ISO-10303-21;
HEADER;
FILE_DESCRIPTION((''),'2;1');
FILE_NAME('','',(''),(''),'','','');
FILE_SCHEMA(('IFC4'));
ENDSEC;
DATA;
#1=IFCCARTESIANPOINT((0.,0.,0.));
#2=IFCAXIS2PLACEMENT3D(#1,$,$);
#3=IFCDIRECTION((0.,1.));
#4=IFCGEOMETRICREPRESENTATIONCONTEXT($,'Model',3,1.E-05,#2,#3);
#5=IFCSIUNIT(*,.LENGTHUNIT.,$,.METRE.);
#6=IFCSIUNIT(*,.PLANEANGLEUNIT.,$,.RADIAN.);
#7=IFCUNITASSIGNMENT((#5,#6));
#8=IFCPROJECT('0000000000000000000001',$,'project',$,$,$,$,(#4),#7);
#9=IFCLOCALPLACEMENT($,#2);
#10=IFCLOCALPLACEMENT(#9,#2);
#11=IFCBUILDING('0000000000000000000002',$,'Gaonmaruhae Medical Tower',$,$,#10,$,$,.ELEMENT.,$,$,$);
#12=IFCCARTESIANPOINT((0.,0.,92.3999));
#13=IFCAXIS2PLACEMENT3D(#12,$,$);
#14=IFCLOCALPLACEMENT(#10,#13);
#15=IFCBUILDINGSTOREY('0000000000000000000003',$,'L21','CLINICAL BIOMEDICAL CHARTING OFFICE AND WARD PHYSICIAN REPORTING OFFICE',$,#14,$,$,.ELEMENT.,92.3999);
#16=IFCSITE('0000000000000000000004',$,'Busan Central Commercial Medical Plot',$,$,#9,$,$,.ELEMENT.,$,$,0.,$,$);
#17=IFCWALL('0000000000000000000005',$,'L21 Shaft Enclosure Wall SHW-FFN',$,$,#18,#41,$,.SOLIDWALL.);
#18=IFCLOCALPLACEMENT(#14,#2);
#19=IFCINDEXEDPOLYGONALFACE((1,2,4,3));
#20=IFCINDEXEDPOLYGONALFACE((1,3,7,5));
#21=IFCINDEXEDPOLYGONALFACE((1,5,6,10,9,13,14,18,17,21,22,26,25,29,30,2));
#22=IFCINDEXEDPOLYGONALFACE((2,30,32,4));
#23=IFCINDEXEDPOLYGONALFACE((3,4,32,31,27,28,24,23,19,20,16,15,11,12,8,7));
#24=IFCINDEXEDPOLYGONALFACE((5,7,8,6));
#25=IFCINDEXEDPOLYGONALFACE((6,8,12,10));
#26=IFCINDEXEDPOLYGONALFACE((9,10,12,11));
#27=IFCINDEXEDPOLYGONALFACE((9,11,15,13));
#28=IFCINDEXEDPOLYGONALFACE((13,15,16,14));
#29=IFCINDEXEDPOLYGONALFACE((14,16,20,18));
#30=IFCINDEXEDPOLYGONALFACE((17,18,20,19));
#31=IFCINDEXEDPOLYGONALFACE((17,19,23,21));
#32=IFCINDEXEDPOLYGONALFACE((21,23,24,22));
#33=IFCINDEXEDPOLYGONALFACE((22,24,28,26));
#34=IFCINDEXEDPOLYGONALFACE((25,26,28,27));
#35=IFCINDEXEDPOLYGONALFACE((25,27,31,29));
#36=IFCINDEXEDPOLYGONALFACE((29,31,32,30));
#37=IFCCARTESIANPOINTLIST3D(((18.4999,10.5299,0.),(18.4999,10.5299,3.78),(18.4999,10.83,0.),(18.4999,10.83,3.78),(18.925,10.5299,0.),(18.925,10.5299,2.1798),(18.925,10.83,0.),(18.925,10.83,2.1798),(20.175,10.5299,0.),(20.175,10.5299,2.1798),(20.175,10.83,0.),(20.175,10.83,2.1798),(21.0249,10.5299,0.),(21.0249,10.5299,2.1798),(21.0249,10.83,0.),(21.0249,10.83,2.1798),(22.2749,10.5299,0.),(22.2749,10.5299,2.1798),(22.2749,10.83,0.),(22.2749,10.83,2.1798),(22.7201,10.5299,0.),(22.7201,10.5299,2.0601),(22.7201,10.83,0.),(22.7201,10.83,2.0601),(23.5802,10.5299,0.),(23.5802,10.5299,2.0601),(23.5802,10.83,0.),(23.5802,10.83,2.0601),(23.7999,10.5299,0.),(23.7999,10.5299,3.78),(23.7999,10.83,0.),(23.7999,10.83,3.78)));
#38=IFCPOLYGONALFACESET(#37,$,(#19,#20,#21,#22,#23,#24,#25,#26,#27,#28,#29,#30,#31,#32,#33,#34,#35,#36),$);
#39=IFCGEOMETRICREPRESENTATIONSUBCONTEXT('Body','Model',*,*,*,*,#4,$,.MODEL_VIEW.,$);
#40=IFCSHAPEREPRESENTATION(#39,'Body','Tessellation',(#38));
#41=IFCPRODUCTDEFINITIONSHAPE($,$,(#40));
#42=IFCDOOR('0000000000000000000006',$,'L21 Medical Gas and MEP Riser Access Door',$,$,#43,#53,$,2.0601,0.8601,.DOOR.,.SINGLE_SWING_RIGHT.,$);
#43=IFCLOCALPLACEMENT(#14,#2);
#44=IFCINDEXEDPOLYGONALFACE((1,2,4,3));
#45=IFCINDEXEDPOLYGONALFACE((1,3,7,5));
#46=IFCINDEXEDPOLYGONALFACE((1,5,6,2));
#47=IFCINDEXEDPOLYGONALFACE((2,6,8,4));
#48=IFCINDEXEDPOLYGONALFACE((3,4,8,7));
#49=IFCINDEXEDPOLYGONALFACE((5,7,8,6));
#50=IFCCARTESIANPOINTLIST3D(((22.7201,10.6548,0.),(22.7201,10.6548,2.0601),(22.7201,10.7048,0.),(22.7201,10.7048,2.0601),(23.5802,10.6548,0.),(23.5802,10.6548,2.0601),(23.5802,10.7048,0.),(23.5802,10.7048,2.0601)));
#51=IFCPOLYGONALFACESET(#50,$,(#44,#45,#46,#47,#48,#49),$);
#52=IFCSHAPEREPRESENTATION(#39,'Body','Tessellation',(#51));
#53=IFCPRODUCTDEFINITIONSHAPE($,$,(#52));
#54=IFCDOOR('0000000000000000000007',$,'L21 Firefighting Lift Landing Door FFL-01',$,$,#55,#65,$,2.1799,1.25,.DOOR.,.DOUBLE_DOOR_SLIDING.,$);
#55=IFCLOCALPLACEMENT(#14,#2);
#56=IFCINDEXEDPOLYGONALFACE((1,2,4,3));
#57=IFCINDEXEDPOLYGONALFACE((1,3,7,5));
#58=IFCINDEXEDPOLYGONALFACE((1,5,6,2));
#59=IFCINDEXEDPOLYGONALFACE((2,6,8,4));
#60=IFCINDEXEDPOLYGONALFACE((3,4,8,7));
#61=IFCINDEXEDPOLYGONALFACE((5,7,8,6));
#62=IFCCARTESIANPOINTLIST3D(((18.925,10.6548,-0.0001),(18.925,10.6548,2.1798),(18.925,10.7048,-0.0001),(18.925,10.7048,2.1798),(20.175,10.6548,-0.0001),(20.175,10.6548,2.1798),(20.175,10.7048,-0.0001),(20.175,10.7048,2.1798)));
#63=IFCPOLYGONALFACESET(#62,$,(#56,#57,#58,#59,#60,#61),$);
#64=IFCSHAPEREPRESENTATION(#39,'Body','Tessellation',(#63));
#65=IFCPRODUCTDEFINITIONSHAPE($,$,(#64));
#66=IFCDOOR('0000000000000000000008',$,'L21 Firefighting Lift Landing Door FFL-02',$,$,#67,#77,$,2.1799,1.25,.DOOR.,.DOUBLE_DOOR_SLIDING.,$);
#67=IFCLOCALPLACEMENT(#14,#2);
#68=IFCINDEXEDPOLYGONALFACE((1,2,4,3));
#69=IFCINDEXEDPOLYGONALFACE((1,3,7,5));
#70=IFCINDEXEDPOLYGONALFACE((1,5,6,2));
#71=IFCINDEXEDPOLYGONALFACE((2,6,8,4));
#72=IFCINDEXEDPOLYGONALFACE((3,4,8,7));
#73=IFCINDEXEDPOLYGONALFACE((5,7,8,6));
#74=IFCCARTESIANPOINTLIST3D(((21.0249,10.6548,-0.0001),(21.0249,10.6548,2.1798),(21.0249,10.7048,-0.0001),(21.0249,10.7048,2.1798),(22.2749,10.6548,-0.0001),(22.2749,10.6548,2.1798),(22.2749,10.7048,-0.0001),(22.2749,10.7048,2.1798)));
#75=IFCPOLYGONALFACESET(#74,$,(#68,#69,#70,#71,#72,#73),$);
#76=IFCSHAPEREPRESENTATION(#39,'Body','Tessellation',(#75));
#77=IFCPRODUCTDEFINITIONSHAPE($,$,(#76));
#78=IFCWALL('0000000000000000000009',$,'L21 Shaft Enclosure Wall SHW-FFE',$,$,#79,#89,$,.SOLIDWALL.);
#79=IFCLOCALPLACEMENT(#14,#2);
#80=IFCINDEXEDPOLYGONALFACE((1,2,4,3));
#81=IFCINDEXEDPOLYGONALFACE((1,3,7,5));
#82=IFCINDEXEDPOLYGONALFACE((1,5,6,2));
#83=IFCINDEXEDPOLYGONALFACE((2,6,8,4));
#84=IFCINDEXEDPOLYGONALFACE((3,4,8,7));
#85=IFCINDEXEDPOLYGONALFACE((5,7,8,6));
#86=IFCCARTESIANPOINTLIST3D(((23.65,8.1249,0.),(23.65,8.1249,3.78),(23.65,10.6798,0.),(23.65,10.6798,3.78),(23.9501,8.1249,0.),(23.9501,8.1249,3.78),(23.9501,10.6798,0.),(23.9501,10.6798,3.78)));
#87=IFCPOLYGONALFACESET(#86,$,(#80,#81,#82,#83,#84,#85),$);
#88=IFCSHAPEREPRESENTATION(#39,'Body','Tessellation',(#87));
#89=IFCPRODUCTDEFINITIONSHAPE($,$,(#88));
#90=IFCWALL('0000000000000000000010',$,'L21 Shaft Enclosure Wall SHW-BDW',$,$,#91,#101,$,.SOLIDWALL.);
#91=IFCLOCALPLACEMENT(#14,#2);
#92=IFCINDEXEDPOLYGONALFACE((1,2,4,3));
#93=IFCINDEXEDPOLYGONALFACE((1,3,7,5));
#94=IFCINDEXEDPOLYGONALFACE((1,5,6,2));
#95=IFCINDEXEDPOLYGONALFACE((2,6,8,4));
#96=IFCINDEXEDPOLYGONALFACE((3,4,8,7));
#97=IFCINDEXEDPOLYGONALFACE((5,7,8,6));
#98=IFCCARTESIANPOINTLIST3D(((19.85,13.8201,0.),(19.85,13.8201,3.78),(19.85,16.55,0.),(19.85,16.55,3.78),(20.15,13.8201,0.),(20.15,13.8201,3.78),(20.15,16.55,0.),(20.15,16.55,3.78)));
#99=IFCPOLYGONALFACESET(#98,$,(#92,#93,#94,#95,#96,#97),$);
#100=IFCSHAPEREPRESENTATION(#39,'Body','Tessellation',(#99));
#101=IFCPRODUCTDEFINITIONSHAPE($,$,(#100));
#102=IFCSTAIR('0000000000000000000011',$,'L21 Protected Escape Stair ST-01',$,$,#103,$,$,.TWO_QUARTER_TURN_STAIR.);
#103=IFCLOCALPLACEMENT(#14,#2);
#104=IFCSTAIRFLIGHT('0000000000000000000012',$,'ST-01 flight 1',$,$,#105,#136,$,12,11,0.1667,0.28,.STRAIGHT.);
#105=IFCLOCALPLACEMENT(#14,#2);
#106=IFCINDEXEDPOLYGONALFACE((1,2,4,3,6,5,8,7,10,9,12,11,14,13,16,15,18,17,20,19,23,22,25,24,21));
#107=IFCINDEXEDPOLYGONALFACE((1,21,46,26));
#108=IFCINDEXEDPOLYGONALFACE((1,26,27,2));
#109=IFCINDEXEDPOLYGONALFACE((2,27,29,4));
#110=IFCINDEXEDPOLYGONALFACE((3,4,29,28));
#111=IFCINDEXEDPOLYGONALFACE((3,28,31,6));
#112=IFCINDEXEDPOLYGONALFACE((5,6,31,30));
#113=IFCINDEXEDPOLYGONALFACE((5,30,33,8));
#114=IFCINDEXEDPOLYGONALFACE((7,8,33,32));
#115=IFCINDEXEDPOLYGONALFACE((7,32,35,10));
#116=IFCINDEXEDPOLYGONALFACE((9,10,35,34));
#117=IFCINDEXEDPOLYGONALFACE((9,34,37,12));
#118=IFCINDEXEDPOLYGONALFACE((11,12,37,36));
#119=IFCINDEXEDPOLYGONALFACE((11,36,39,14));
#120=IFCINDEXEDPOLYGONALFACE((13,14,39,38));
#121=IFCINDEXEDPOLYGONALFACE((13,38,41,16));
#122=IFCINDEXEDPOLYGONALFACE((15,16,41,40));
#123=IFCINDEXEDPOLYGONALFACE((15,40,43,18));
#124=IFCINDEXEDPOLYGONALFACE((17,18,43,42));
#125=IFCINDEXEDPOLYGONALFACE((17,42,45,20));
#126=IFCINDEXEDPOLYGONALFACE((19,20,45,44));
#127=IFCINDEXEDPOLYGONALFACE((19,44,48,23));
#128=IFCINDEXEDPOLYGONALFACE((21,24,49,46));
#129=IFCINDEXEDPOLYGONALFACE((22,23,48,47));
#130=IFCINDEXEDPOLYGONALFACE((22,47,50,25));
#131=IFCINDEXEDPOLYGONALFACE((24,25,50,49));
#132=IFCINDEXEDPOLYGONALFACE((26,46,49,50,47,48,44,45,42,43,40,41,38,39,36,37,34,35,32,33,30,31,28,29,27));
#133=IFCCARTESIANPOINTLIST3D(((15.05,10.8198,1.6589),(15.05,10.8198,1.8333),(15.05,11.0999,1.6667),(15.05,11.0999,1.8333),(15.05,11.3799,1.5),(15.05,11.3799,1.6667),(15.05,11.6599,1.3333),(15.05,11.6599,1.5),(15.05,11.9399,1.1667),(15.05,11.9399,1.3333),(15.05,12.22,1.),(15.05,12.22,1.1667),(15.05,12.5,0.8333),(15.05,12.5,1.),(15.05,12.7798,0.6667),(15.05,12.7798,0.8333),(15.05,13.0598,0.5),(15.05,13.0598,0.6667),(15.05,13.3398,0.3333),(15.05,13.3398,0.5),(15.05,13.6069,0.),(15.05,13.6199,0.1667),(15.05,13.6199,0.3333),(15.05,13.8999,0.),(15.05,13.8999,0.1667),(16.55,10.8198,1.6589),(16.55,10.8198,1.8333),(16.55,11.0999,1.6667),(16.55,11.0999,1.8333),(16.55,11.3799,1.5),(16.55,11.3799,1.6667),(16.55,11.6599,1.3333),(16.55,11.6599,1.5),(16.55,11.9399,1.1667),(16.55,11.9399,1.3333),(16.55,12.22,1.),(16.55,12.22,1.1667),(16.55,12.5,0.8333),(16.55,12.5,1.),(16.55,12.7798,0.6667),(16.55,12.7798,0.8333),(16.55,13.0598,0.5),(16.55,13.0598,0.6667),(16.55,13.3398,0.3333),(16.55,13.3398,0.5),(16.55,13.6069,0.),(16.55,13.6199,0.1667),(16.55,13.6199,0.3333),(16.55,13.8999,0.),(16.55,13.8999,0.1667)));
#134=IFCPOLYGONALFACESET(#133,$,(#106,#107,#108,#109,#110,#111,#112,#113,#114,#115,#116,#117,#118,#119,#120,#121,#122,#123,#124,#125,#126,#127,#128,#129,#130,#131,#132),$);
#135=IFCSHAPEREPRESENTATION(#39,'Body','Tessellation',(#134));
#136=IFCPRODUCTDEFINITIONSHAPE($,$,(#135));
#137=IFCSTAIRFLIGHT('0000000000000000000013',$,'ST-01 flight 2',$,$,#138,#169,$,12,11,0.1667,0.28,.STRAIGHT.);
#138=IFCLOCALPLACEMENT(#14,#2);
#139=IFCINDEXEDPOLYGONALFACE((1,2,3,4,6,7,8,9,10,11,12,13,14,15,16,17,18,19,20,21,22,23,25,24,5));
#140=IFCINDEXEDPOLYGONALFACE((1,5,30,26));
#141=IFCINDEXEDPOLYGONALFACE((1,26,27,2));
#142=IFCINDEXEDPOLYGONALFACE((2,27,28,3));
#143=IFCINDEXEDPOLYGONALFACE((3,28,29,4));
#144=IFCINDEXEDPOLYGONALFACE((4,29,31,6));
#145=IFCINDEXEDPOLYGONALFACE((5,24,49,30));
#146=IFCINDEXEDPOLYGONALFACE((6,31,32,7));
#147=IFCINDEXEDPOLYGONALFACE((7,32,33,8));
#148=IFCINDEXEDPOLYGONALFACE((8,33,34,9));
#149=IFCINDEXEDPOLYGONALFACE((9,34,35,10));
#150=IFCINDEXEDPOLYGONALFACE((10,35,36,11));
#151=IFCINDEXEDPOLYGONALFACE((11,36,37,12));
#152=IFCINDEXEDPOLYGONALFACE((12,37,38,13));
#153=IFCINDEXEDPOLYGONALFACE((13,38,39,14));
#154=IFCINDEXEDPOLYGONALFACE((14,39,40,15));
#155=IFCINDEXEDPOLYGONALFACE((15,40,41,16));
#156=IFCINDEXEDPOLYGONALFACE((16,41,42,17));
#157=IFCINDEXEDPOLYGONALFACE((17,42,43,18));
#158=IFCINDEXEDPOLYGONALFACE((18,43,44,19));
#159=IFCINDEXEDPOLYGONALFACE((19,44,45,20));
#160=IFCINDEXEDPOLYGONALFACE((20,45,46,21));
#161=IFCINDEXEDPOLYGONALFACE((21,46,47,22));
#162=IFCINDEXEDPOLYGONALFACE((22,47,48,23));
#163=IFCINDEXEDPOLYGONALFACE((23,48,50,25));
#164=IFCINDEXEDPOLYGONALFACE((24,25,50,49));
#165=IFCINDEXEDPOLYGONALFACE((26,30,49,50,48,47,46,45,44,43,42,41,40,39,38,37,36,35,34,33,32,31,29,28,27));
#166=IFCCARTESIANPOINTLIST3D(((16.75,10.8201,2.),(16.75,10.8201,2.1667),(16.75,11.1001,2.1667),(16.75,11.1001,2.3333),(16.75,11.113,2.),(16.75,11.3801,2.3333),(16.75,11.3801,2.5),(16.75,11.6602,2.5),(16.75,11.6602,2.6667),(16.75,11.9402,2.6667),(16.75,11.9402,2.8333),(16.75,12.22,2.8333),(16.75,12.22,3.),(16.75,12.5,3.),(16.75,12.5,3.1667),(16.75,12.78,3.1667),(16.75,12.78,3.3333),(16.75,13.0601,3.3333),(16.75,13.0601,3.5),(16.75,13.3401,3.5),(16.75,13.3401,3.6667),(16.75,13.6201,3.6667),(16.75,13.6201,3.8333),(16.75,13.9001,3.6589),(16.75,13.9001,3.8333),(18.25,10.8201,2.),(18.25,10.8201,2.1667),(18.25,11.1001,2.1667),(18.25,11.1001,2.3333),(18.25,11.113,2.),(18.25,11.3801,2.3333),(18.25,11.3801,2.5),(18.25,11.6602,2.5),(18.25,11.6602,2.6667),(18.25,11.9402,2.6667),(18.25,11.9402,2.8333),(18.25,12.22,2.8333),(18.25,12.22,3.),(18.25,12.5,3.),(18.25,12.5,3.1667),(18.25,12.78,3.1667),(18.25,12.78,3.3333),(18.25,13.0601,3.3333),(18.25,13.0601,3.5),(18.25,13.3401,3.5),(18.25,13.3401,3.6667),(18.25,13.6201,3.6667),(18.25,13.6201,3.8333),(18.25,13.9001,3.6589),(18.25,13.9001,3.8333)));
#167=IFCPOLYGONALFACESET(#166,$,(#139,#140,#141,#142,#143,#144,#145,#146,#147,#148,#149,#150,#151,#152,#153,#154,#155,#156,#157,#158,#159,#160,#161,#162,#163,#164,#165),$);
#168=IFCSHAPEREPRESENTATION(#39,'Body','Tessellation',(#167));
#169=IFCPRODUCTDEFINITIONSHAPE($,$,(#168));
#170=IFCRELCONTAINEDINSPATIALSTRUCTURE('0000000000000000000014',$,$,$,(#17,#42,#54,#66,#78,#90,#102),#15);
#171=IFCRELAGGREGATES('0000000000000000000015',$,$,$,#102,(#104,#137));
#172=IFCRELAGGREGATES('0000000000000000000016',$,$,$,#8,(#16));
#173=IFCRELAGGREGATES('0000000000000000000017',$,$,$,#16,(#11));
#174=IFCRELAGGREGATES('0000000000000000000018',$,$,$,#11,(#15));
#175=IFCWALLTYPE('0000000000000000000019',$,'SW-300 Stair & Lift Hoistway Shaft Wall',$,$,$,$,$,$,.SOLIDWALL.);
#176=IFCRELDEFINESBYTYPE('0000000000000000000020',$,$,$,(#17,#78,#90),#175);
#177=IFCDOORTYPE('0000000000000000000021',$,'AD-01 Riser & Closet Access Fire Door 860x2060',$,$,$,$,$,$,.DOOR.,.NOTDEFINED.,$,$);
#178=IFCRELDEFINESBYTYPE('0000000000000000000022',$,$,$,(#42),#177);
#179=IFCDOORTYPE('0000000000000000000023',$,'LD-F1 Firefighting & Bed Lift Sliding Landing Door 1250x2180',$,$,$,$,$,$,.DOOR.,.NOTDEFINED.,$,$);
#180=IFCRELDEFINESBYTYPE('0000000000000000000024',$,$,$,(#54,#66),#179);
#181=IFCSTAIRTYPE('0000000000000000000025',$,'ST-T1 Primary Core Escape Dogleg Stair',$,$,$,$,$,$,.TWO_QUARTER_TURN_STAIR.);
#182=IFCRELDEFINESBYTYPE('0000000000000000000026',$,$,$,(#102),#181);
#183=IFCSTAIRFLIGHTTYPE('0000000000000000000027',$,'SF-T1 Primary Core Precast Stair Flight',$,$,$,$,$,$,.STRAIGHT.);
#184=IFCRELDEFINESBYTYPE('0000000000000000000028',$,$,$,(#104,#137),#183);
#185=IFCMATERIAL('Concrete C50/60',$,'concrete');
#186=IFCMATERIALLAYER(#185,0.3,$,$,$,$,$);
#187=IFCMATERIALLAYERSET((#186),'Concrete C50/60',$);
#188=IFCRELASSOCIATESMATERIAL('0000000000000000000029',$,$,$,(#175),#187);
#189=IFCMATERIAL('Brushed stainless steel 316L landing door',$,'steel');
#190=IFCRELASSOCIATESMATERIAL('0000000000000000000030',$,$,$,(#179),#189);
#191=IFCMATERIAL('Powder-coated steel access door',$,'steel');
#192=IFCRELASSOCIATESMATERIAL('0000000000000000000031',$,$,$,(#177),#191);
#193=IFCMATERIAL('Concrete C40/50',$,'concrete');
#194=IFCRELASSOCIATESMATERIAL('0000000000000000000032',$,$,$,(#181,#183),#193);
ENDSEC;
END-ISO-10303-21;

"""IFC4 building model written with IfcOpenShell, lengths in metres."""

from ifc_helpers import new_model, si_unit, direction, frame, frame_2d, origin, place, context, subcontext, project, spatial, polyline, rectangle, outline, extrude, material, layer, layer_set, type_object, element, fill, aggregate, save


model = new_model("IFC4")

# Units and contexts
model_context = context("Model", 3, precision=1e-05, world=origin(), true_north=direction((0.0, 1.0)))
body_context = subcontext(model_context, "Body", "Model", "MODEL_VIEW")
ifc_project = project(units=[si_unit("LENGTHUNIT", "METRE"), si_unit("PLANEANGLEUNIT", "RADIAN")], contexts=[model_context])

# Site, building, storey
site_placement = place(None, origin())
site = spatial("IfcSite", under=ifc_project, at=site_placement, Name="Busan Central Commercial Medical Plot", CompositionType="ELEMENT", RefElevation=0.0)
building_placement = place(site_placement, origin())
building = spatial("IfcBuilding", under=site, at=building_placement, Name="Gaonmaruhae Medical Tower", CompositionType="ELEMENT")
storey_placement = place(building_placement, frame((0.0, 0.0, 92.3999)))
storey = spatial("IfcBuildingStorey", under=building, at=storey_placement, Name="L21", Description="CLINICAL BIOMEDICAL CHARTING OFFICE AND WARD PHYSICIAN REPORTING OFFICE", CompositionType="ELEMENT", Elevation=92.3999)

# Shared definitions
ifc_material_1 = material(Name="Concrete C50/60", Category="concrete")

# Wall, openings, doors
ifc_layer_1 = layer(ifc_material_1, 0.3)
ifc_layer_set_1 = layer_set([ifc_layer_1], Name="Concrete C50/60")
wall_type_1 = type_object("IfcWallType", Name="SW-300 Stair & Lift Hoistway Shaft Wall", PredefinedType="SOLIDWALL", material=ifc_layer_set_1)
ifc_material_2 = material(Name="Brushed stainless steel 316L landing door", Category="steel")
door_type_1 = type_object("IfcDoorType", Name="LD-F1 Firefighting & Bed Lift Sliding Landing Door 1250x2180", OperationType="NOTDEFINED", PredefinedType="DOOR", material=ifc_material_2)
wall_1_placement = place(storey_placement, frame((18.5, 10.6799, 0.0), z_axis=(0.0, 0.0, 1.0), x_axis=(1.0, 0.0, 0.0)))
wall_1 = element("IfcWall", 1, at=wall_1_placement, inside=storey, type_object=wall_type_1, Name="L21 Shaft Enclosure Wall SHW-FFN", PredefinedType="SOLIDWALL", context=body_context, shape_type="SweptSolid", body=[
    extrude(rectangle(XDim=5.3, YDim=0.3, at=frame_2d((2.6499, 0.0))), origin(), (0.0, 0.0, 1.0), 3.78),
])
opening_1_placement = place(wall_1_placement, frame((4.22, 0.0, 0.0)))
opening_1 = element("IfcOpeningElement", 2, at=opening_1_placement, cuts=wall_1, PredefinedType="OPENING", context=body_context, shape_type="SweptSolid", body=[
    extrude(rectangle(XDim=0.8601, YDim=2.0601, at=frame_2d((0.4302, 1.03))), frame((0.0, 0.1602, 0.0), z_axis=(0.0, -1.0, 0.0), x_axis=(1.0, 0.0, 0.0)), (0.0, 0.0, 1.0), 0.3201),
])
opening_2_placement = place(wall_1_placement, frame((0.425, 0.0, 0.0)))
opening_2 = element("IfcOpeningElement", 3, at=opening_2_placement, cuts=wall_1, PredefinedType="OPENING", context=body_context, shape_type="SweptSolid", body=[
    extrude(rectangle(XDim=1.25, YDim=2.1799, at=frame_2d((0.625, 1.0898))), frame((0.0, 0.1602, 0.0), z_axis=(0.0, -1.0, 0.0), x_axis=(1.0, 0.0, 0.0)), (0.0, 0.0, 1.0), 0.3201),
])
opening_3_placement = place(wall_1_placement, frame((2.5249, 0.0, 0.0)))
opening_3 = element("IfcOpeningElement", 4, at=opening_3_placement, cuts=wall_1, PredefinedType="OPENING", context=body_context, shape_type="SweptSolid", body=[
    extrude(rectangle(XDim=1.25, YDim=2.1799, at=frame_2d((0.625, 1.0898))), frame((0.0, 0.1602, 0.0), z_axis=(0.0, -1.0, 0.0), x_axis=(1.0, 0.0, 0.0)), (0.0, 0.0, 1.0), 0.3201),
])
ifc_material_3 = material(Name="Powder-coated steel access door", Category="steel")
door_type_2 = type_object("IfcDoorType", Name="AD-01 Riser & Closet Access Fire Door 860x2060", OperationType="NOTDEFINED", PredefinedType="DOOR", material=ifc_material_3)
door_1_placement = place(opening_1_placement, origin())
door_1 = element("IfcDoor", 5, at=door_1_placement, inside=storey, type_object=door_type_2, Name="L21 Medical Gas and MEP Riser Access Door", OperationType="SINGLE_SWING_RIGHT", OverallHeight=2.0601, OverallWidth=0.8601, PredefinedType="DOOR", context=body_context, shape_type="SweptSolid", body=[
    extrude(rectangle(XDim=0.8601, YDim=2.0601, at=frame_2d((0.4302, 1.03))), frame((0.0, 0.0249, 0.0), z_axis=(0.0, -1.0, 0.0), x_axis=(1.0, 0.0, 0.0)), (0.0, 0.0, 1.0), 0.05),
])
fill(opening_1, door_1)
door_2_placement = place(opening_2_placement, origin())
door_2 = element("IfcDoor", 6, at=door_2_placement, inside=storey, type_object=door_type_1, Name="L21 Firefighting Lift Landing Door FFL-01", OperationType="DOUBLE_DOOR_SLIDING", OverallHeight=2.1799, OverallWidth=1.25, PredefinedType="DOOR", context=body_context, shape_type="SweptSolid", body=[
    extrude(rectangle(XDim=1.25, YDim=2.1799, at=frame_2d((0.625, 1.0898))), frame((0.0, 0.0249, 0.0), z_axis=(0.0, -1.0, 0.0), x_axis=(1.0, 0.0, 0.0)), (0.0, 0.0, 1.0), 0.05),
])
fill(opening_2, door_2)
door_3_placement = place(opening_3_placement, origin())
door_3 = element("IfcDoor", 7, at=door_3_placement, inside=storey, type_object=door_type_1, Name="L21 Firefighting Lift Landing Door FFL-02", OperationType="DOUBLE_DOOR_SLIDING", OverallHeight=2.1799, OverallWidth=1.25, PredefinedType="DOOR", context=body_context, shape_type="SweptSolid", body=[
    extrude(rectangle(XDim=1.25, YDim=2.1799, at=frame_2d((0.625, 1.0898))), frame((0.0, 0.0249, 0.0), z_axis=(0.0, -1.0, 0.0), x_axis=(1.0, 0.0, 0.0)), (0.0, 0.0, 1.0), 0.05),
])
fill(opening_3, door_3)

# Walls
wall_2_placement = place(storey_placement, frame((23.8, 8.125, 0.0), z_axis=(0.0, 0.0, 1.0), x_axis=(0.0, 1.0, 0.0)))
element("IfcWall", 8, at=wall_2_placement, inside=storey, type_object=wall_type_1, Name="L21 Shaft Enclosure Wall SHW-FFE", PredefinedType="SOLIDWALL", context=body_context, shape_type="SweptSolid", body=[
    extrude(rectangle(XDim=2.5549, YDim=0.3, at=frame_2d((1.2773, 0.0))), origin(), (0.0, 0.0, 1.0), 3.78),
])
wall_3_placement = place(storey_placement, frame((20.0, 13.8201, 0.0), z_axis=(0.0, 0.0, 1.0), x_axis=(0.0, 1.0, 0.0)))
element("IfcWall", 9, at=wall_3_placement, inside=storey, type_object=wall_type_1, Name="L21 Shaft Enclosure Wall SHW-BDW", PredefinedType="SOLIDWALL", context=body_context, shape_type="SweptSolid", body=[
    extrude(rectangle(XDim=2.73, YDim=0.3, at=frame_2d((1.365, 0.0))), origin(), (0.0, 0.0, 1.0), 3.78),
])

# Stair, stair flights
ifc_material_4 = material(Name="Concrete C40/50", Category="concrete")
stair_type = type_object("IfcStairType", Name="ST-T1 Primary Core Escape Dogleg Stair", PredefinedType="TWO_QUARTER_TURN_STAIR", material=ifc_material_4)
stair_placement = place(storey_placement, origin())
stair = element("IfcStair", 10, at=stair_placement, inside=storey, type_object=stair_type, Name="L21 Protected Escape Stair ST-01", PredefinedType="TWO_QUARTER_TURN_STAIR")
stair_flight_type = type_object("IfcStairFlightType", Name="SF-T1 Primary Core Precast Stair Flight", PredefinedType="STRAIGHT", material=ifc_material_4)
stair_flight_1_placement = place(storey_placement, frame((15.8, 13.8999, 0.0), z_axis=(0.0, 0.0, 1.0), x_axis=(0.0, -1.0, 0.0)))
stair_flight_1 = element("IfcStairFlight", 11, at=stair_flight_1_placement, type_object=stair_flight_type, Name="ST-01 flight 1", NumberOfRisers=12, NumberOfTreads=11, PredefinedType="STRAIGHT", RiserHeight=0.1667, TreadLength=0.28, context=body_context, shape_type="SweptSolid", body=[
    extrude(outline(polyline([(0.0, 0.0), (0.0, 0.1667), (0.28, 0.1667), (0.28, 0.3333), (0.5601, 0.3333), (0.5601, 0.5), (0.8401, 0.5), (0.8401, 0.6667), (1.1201, 0.6667), (1.1201, 0.8333), (1.3999, 0.8333), (1.3999, 1.0), (1.6799, 1.0), (1.6799, 1.1667), (1.96, 1.1667), (1.96, 1.3333), (2.24, 1.3333), (2.24, 1.5), (2.52, 1.5), (2.52, 1.6667), (2.8, 1.6667), (2.8, 1.8333), (3.0801, 1.8333), (3.0801, 2.0), (3.0801, 1.6589), (0.293, 0.0), (0.0, 0.0)])), frame((0.0, 0.75, 0.0), z_axis=(0.0, -1.0, 0.0), x_axis=(1.0, 0.0, 0.0)), (0.0, 0.0, 1.0), 1.5),
])
stair_flight_2_placement = place(storey_placement, frame((17.5, 10.8201, 2.0), z_axis=(0.0, 0.0, 1.0), x_axis=(0.0, 1.0, 0.0)))
stair_flight_2 = element("IfcStairFlight", 12, at=stair_flight_2_placement, type_object=stair_flight_type, Name="ST-01 flight 2", NumberOfRisers=12, NumberOfTreads=11, PredefinedType="STRAIGHT", RiserHeight=0.1667, TreadLength=0.28, context=body_context, shape_type="SweptSolid", body=[
    extrude(outline(polyline([(0.0, 0.0), (0.0, 0.1667), (0.28, 0.1667), (0.28, 0.3333), (0.5601, 0.3333), (0.5601, 0.5), (0.8401, 0.5), (0.8401, 0.6667), (1.1201, 0.6667), (1.1201, 0.8333), (1.3999, 0.8333), (1.3999, 1.0), (1.6799, 1.0), (1.6799, 1.1667), (1.96, 1.1667), (1.96, 1.3333), (2.24, 1.3333), (2.24, 1.5), (2.52, 1.5), (2.52, 1.6667), (2.8, 1.6667), (2.8, 1.8333), (3.0801, 1.8333), (3.0801, 2.0), (3.0801, 1.6589), (0.293, 0.0), (0.0, 0.0)])), frame((0.0, 0.75, 0.0), z_axis=(0.0, -1.0, 0.0), x_axis=(1.0, 0.0, 0.0)), (0.0, 0.0, 1.0), 1.5),
])
aggregate(stair, [stair_flight_1, stair_flight_2])

save(model, "model.ifc")
